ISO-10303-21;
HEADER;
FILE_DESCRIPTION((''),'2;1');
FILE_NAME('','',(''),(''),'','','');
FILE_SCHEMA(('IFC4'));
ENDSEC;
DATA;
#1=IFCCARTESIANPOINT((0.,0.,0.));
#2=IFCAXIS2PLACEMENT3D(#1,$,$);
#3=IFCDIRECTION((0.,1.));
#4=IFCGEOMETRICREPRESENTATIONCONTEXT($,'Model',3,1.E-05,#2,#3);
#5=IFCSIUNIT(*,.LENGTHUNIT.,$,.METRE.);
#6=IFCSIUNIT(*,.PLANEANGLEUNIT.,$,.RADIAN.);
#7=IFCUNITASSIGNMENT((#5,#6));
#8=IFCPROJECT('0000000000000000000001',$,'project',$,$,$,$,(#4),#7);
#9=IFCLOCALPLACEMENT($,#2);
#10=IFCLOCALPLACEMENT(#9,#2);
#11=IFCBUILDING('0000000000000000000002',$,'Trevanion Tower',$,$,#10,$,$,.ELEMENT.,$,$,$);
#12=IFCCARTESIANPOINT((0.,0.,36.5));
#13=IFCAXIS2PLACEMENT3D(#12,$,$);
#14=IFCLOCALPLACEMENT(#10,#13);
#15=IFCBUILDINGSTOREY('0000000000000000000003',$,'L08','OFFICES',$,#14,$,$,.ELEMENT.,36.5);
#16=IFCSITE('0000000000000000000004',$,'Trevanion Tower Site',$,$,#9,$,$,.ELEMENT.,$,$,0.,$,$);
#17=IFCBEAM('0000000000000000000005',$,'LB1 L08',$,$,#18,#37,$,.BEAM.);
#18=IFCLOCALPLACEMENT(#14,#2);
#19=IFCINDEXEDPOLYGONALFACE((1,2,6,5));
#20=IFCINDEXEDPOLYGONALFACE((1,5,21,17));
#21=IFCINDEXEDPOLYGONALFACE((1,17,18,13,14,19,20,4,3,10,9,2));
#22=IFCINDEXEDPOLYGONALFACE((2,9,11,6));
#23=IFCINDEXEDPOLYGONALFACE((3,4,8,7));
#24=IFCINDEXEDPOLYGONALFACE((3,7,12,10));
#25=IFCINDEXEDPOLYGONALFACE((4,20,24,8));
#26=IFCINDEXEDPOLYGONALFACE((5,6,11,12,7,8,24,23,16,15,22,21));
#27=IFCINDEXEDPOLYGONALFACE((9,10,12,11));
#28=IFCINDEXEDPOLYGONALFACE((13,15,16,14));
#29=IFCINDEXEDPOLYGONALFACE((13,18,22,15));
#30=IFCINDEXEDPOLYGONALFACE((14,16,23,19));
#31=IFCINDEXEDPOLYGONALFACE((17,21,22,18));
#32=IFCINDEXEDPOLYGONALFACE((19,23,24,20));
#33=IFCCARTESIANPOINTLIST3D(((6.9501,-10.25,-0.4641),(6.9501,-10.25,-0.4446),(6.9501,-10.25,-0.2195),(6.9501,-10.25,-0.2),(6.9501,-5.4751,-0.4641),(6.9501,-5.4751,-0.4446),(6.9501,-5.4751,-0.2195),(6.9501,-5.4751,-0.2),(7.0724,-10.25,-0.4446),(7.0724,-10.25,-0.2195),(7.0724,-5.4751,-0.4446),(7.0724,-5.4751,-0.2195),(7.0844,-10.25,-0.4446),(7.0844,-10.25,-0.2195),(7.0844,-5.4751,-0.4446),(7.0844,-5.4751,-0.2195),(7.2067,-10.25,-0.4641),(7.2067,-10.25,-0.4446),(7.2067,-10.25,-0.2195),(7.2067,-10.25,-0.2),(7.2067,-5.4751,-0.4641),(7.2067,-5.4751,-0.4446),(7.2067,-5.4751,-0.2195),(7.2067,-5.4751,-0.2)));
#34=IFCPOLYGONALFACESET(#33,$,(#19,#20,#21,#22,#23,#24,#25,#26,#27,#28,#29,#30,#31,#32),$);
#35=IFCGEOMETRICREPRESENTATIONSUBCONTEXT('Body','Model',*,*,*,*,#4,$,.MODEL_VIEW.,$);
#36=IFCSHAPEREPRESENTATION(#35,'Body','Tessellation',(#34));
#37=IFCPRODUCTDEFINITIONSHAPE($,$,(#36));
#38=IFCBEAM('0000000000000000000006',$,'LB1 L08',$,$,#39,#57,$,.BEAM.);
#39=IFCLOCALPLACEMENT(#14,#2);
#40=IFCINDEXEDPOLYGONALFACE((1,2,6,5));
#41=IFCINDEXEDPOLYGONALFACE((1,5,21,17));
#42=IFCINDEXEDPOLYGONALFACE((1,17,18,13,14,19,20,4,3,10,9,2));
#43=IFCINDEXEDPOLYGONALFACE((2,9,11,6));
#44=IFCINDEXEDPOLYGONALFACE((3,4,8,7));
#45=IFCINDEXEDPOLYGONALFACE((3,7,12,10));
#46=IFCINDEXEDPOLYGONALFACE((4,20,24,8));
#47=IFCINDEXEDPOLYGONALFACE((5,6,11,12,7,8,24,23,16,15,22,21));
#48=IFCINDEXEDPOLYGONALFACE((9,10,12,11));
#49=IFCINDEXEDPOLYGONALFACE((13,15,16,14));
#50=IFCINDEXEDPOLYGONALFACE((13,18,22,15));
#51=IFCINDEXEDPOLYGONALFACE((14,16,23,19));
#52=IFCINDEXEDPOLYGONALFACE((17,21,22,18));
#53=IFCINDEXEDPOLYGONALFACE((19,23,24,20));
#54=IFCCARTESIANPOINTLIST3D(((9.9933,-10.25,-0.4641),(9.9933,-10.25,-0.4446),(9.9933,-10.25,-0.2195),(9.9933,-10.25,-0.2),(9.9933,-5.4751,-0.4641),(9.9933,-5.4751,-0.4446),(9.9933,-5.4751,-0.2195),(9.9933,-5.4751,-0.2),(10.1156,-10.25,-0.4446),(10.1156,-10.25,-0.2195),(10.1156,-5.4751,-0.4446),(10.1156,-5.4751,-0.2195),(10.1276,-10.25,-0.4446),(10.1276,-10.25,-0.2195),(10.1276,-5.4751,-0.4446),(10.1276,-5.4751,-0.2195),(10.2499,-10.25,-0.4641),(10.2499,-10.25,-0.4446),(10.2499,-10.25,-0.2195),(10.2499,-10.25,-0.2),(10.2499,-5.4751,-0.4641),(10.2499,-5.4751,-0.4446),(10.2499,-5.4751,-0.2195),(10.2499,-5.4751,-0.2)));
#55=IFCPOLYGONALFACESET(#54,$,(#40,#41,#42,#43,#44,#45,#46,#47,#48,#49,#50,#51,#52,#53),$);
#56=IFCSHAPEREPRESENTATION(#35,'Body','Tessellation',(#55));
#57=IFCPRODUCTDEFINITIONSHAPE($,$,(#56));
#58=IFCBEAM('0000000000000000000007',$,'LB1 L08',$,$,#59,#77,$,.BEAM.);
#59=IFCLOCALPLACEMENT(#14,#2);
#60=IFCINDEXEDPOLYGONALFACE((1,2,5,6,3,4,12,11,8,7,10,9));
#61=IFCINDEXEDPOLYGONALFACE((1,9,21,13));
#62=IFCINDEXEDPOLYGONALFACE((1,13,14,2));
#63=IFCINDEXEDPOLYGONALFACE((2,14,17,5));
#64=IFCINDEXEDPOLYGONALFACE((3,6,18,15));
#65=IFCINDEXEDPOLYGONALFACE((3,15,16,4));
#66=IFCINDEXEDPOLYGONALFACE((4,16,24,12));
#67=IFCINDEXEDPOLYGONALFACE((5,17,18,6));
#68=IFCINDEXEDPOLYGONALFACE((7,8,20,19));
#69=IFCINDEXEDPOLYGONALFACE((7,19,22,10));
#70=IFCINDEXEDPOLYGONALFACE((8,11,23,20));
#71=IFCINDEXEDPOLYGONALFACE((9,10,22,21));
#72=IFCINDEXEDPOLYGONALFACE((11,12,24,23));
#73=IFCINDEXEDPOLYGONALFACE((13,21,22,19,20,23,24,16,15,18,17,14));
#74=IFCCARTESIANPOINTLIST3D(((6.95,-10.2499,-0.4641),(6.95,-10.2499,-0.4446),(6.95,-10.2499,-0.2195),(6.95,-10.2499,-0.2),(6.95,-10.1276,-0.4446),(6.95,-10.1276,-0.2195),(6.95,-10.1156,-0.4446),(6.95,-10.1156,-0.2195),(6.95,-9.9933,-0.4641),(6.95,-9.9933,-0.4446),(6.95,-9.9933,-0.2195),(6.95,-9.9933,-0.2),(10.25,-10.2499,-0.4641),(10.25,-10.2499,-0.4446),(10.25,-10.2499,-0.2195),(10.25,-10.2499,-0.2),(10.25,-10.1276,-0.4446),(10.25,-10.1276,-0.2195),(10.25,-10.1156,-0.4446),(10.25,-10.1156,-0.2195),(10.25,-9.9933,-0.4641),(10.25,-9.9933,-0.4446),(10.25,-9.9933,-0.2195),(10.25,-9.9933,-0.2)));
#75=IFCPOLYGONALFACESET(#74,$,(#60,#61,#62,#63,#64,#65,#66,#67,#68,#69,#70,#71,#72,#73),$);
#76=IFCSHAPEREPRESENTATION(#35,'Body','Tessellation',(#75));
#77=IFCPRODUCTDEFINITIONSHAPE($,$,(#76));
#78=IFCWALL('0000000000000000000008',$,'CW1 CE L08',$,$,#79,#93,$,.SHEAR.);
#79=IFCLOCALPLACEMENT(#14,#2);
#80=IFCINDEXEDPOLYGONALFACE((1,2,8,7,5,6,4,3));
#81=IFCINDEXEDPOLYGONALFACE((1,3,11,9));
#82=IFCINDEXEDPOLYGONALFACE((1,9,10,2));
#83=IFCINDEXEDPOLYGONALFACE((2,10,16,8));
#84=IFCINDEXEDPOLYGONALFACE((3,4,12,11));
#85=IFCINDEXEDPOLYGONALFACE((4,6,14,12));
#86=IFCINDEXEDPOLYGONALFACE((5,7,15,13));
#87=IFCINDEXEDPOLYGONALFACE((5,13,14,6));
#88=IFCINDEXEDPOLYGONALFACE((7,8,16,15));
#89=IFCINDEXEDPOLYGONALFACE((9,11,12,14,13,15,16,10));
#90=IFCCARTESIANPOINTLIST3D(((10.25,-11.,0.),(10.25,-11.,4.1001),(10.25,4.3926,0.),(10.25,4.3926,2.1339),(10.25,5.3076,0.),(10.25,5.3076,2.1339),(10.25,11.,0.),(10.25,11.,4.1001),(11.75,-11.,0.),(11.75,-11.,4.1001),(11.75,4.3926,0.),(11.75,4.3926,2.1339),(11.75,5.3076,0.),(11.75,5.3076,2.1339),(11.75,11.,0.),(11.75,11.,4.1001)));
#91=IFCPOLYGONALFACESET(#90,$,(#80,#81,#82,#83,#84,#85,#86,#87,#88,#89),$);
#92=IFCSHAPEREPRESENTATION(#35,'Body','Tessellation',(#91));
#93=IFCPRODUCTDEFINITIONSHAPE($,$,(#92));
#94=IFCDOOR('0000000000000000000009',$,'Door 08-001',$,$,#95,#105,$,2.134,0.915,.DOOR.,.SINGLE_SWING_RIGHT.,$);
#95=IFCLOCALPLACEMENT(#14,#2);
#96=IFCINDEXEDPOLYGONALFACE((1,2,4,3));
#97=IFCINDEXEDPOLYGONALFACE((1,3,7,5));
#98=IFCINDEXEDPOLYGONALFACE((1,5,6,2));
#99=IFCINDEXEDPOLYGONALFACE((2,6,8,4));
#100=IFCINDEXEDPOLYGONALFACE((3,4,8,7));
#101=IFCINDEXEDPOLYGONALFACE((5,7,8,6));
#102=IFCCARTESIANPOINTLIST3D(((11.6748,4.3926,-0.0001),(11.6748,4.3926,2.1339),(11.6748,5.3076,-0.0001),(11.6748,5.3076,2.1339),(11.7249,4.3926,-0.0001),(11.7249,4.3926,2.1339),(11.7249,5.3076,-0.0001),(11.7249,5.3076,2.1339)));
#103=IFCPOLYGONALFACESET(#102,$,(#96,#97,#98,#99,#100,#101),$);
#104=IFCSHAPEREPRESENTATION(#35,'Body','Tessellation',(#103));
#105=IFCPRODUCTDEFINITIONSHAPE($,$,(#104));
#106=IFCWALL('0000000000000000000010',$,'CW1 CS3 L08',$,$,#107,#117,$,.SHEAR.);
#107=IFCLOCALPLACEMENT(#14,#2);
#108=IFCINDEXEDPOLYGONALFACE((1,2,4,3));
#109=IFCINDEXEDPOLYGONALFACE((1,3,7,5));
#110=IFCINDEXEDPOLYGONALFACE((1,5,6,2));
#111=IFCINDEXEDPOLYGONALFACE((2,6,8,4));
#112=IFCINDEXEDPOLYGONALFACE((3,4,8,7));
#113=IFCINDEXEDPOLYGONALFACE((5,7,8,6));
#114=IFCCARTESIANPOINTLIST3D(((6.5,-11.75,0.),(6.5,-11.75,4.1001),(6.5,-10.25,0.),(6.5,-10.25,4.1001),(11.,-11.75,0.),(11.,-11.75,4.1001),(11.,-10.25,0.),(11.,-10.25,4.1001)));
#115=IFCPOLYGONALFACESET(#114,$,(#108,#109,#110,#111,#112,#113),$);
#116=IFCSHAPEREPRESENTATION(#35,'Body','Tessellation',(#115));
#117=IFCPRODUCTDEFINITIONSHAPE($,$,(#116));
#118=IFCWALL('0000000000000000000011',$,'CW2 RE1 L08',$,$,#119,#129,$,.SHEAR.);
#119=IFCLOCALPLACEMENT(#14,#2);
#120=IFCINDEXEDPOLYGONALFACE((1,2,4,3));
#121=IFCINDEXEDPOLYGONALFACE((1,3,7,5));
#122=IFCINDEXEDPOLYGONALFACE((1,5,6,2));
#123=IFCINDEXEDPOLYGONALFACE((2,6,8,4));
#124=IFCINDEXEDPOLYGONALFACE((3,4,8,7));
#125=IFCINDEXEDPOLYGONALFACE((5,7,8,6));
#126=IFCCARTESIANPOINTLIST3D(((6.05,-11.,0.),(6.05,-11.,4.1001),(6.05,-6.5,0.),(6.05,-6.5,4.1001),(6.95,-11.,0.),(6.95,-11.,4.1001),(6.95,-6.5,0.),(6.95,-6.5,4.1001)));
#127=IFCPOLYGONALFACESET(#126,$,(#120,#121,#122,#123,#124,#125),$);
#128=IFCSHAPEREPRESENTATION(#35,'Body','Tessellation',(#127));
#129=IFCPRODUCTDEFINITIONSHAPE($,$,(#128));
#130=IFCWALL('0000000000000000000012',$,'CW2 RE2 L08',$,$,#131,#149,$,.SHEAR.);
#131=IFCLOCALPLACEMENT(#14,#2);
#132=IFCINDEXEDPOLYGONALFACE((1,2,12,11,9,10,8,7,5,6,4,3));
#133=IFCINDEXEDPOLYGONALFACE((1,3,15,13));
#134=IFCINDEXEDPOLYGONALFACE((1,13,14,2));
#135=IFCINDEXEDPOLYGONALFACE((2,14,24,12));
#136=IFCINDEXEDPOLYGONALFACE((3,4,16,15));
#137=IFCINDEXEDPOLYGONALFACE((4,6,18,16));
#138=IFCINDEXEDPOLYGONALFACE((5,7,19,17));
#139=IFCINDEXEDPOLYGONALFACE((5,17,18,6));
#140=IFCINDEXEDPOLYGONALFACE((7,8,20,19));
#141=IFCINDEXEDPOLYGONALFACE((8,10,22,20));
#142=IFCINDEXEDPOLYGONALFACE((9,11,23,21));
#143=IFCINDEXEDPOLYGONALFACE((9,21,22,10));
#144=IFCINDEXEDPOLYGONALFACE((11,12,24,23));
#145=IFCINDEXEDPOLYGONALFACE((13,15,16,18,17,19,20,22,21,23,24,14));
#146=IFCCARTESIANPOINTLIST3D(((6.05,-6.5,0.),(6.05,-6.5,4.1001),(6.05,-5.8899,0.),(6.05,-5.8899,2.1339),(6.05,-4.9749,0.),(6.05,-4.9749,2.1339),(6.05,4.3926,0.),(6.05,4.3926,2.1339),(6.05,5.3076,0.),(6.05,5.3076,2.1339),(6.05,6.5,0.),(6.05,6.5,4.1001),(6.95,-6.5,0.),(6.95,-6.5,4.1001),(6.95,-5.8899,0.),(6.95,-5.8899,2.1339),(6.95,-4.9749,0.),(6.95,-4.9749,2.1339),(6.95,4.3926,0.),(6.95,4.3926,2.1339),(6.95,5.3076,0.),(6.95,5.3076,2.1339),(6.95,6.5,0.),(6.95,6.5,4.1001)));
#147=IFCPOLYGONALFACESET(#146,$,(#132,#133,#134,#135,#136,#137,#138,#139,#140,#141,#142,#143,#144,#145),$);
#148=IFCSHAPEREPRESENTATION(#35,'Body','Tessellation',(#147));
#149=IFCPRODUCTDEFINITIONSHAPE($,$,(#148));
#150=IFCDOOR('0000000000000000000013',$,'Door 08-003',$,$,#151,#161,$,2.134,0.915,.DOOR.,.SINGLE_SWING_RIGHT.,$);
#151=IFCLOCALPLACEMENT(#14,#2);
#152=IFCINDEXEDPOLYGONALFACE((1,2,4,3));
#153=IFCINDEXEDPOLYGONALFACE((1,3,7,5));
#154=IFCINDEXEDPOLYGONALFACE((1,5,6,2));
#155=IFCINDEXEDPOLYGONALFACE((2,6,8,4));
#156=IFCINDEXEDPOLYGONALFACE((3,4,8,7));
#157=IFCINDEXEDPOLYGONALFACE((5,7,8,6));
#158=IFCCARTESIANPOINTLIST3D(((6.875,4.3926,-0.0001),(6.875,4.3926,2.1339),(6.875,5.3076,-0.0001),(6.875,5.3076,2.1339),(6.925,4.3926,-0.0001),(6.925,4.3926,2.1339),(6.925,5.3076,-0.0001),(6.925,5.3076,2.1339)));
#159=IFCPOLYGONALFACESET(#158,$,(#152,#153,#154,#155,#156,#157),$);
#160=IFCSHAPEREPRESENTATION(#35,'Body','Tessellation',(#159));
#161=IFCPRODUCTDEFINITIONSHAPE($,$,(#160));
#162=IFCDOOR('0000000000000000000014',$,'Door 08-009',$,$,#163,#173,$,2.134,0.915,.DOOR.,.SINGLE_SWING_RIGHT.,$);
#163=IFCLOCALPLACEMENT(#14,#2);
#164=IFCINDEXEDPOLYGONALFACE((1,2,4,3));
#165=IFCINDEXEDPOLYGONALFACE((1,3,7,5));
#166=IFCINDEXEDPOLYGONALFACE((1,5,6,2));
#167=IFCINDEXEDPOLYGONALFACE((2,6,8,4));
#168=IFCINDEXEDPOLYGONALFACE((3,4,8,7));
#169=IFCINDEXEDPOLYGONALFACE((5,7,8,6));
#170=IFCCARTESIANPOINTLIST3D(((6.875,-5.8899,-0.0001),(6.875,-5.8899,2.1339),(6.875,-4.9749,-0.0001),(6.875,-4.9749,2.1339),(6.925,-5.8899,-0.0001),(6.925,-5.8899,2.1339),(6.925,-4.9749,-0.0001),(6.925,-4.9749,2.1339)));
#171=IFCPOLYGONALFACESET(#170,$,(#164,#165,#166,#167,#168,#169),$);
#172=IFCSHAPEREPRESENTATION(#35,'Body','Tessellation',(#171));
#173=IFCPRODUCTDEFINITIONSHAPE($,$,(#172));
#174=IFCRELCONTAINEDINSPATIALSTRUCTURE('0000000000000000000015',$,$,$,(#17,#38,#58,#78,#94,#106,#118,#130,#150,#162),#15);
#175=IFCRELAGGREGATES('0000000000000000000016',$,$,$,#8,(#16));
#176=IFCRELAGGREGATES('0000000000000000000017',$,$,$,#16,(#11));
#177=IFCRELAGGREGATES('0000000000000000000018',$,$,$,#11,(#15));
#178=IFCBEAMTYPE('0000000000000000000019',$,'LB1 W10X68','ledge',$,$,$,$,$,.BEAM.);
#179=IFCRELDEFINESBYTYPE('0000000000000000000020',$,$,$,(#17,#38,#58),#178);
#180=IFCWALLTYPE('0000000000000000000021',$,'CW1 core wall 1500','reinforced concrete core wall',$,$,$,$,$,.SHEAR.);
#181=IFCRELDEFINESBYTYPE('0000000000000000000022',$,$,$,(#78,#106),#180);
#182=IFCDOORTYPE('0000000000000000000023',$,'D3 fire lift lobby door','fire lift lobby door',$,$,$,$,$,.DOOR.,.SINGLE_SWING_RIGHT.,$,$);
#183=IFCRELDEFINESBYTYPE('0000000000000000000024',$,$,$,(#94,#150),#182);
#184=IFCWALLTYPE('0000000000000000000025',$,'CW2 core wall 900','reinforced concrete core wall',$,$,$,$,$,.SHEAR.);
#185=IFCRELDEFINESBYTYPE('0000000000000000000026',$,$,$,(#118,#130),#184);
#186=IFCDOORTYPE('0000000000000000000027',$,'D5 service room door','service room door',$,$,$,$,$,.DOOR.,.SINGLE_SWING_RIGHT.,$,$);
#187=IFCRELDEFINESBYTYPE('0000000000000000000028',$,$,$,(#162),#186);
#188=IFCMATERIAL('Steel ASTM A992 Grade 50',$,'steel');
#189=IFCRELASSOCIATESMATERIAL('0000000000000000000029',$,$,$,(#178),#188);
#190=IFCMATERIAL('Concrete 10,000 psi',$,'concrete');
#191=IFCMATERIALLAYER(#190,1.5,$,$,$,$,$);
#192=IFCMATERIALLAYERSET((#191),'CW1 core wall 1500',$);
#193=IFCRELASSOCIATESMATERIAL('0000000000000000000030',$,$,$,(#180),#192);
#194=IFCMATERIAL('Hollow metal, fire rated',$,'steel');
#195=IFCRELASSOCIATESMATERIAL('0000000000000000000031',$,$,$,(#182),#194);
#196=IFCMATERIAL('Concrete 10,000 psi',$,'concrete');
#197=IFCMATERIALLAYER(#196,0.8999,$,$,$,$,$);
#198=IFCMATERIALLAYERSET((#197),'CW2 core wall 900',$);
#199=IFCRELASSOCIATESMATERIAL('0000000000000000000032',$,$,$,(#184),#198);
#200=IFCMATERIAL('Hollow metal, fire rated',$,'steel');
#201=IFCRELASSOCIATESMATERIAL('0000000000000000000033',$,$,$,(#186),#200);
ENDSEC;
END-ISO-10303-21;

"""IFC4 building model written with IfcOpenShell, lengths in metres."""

from ifc_helpers import new_model, si_unit, direction, frame, frame_2d, origin, origin_2d, place, context, subcontext, project, spatial, rectangle, i_section, extrude, material, layer, layer_set, material_profile, profile_set, type_object, element, fill, save


model = new_model("IFC4")

# Units and contexts
model_context = context("Model", 3, precision=1e-05, world=origin(), true_north=direction((0.0, 1.0)))
body_context = subcontext(model_context, "Body", "Model", "MODEL_VIEW")
ifc_project = project(units=[si_unit("LENGTHUNIT", "METRE"), si_unit("PLANEANGLEUNIT", "RADIAN")], contexts=[model_context])

# Site, building, storey
site_placement = place(None, origin())
site = spatial("IfcSite", under=ifc_project, at=site_placement, Name="Trevanion Tower Site", CompositionType="ELEMENT", RefElevation=0.0)
building_placement = place(site_placement, origin())
building = spatial("IfcBuilding", under=site, at=building_placement, Name="Trevanion Tower", CompositionType="ELEMENT")
storey_placement = place(building_placement, frame((0.0, 0.0, 36.5)))
storey = spatial("IfcBuildingStorey", under=building, at=storey_placement, Name="L08", Description="OFFICES", CompositionType="ELEMENT", Elevation=36.5)

# Beams
ifc_material_1 = material(Name="Steel ASTM A992 Grade 50", Category="steel")
ifc_material_profile_1 = material_profile(ifc_material_1, i_section(OverallWidth=0.2566, OverallDepth=0.2642, WebThickness=0.012, FlangeThickness=0.0195, at=origin_2d()), Name="W10X68")
ifc_profile_set_1 = profile_set([ifc_material_profile_1], Name="Steel ASTM A992 Grade 50")
beam_type_1 = type_object("IfcBeamType", Name="LB1 W10X68", Description="ledge", PredefinedType="BEAM", material=ifc_profile_set_1)
for number, where, z_axis, x_axis, name in (
    (1, (7.0784, -10.25, -0.332), (0.0, 1.0, 0.0), (-1.0, 0.0, 0.0), "LB1 L08"),
    (2, (10.1216, -10.25, -0.332), (0.0, 1.0, 0.0), (-1.0, 0.0, 0.0), "LB1 L08"),
):
    element("IfcBeam", number, at=place(storey_placement, frame(where, z_axis=z_axis, x_axis=x_axis)), inside=storey, type_object=beam_type_1, Name=name, PredefinedType="BEAM", context=body_context, shape_type="SweptSolid", body=[
        extrude(i_section(OverallWidth=0.2566, OverallDepth=0.2642, WebThickness=0.012, FlangeThickness=0.0195, at=origin_2d()), origin(), (0.0, 0.0, 1.0), 4.7749),
    ])
beam_1_placement = place(storey_placement, frame((6.95, -10.1216, -0.332), z_axis=(1.0, 0.0, 0.0), x_axis=(0.0, 1.0, 0.0)))
element("IfcBeam", 3, at=beam_1_placement, inside=storey, type_object=beam_type_1, Name="LB1 L08", PredefinedType="BEAM", context=body_context, shape_type="SweptSolid", body=[
    extrude(i_section(OverallWidth=0.2566, OverallDepth=0.2642, WebThickness=0.012, FlangeThickness=0.0195, at=origin_2d()), origin(), (0.0, 0.0, 1.0), 3.3),
])

# Wall, opening, door
ifc_material_2 = material(Name="Concrete 10,000 psi", Category="concrete")
ifc_layer_1 = layer(ifc_material_2, 1.5)
ifc_layer_set_1 = layer_set([ifc_layer_1], Name="CW1 core wall 1500")
wall_type_1 = type_object("IfcWallType", Name="CW1 core wall 1500", Description="reinforced concrete core wall", PredefinedType="SHEAR", material=ifc_layer_set_1)
wall_1_placement = place(storey_placement, frame((11.0, -11.0, 0.0), z_axis=(0.0, 0.0, 1.0), x_axis=(0.0, 1.0, 0.0)))
wall_1 = element("IfcWall", 4, at=wall_1_placement, inside=storey, type_object=wall_type_1, Name="CW1 CE L08", PredefinedType="SHEAR", context=body_context, shape_type="SweptSolid", body=[
    extrude(rectangle(XDim=22.0, YDim=1.5, at=frame_2d((11.0, 0.0))), origin(), (0.0, 0.0, 1.0), 4.1001),
])
opening_1_placement = place(wall_1_placement, frame((15.3926, 0.0, 0.0)))
opening_1 = element("IfcOpeningElement", 5, at=opening_1_placement, cuts=wall_1, PredefinedType="OPENING", context=body_context, shape_type="SweptSolid", body=[
    extrude(rectangle(XDim=0.915, YDim=2.134, at=frame_2d((0.4575, 1.0669))), frame((0.0, 0.76, 0.0), z_axis=(0.0, -1.0, 0.0), x_axis=(1.0, 0.0, 0.0)), (0.0, 0.0, 1.0), 1.52),
])
ifc_material_3 = material(Name="Hollow metal, fire rated", Category="steel")
door_type_1 = type_object("IfcDoorType", Name="D3 fire lift lobby door", Description="fire lift lobby door", OperationType="SINGLE_SWING_RIGHT", PredefinedType="DOOR", material=ifc_material_3)
door_1_placement = place(opening_1_placement, origin())
door_1 = element("IfcDoor", 6, at=door_1_placement, inside=storey, type_object=door_type_1, Name="Door 08-001", OperationType="SINGLE_SWING_RIGHT", OverallHeight=2.134, OverallWidth=0.915, PredefinedType="DOOR", context=body_context, shape_type="SweptSolid", body=[
    extrude(rectangle(XDim=0.915, YDim=2.134, at=frame_2d((0.4575, 1.0669))), frame((0.0, -0.6748, 0.0), z_axis=(0.0, -1.0, 0.0), x_axis=(1.0, 0.0, 0.0)), (0.0, 0.0, 1.0), 0.05),
])
fill(opening_1, door_1)

# Walls
wall_2_placement = place(storey_placement, frame((6.5, -11.0, 0.0), z_axis=(0.0, 0.0, 1.0), x_axis=(1.0, 0.0, 0.0)))
element("IfcWall", 7, at=wall_2_placement, inside=storey, type_object=wall_type_1, Name="CW1 CS3 L08", PredefinedType="SHEAR", context=body_context, shape_type="SweptSolid", body=[
    extrude(rectangle(XDim=4.5, YDim=1.5, at=frame_2d((2.25, 0.0))), origin(), (0.0, 0.0, 1.0), 4.1001),
])
ifc_material_4 = material(Name="Concrete 10,000 psi", Category="concrete")
ifc_layer_2 = layer(ifc_material_4, 0.8999)
ifc_layer_set_2 = layer_set([ifc_layer_2], Name="CW2 core wall 900")
wall_type_2 = type_object("IfcWallType", Name="CW2 core wall 900", Description="reinforced concrete core wall", PredefinedType="SHEAR", material=ifc_layer_set_2)
wall_3_placement = place(storey_placement, frame((6.5, -11.0, 0.0), z_axis=(0.0, 0.0, 1.0), x_axis=(0.0, 1.0, 0.0)))
element("IfcWall", 8, at=wall_3_placement, inside=storey, type_object=wall_type_2, Name="CW2 RE1 L08", PredefinedType="SHEAR", context=body_context, shape_type="SweptSolid", body=[
    extrude(rectangle(XDim=4.5, YDim=0.8999, at=frame_2d((2.25, 0.0))), origin(), (0.0, 0.0, 1.0), 4.1001),
])

# Wall, openings, doors
wall_4_placement = place(storey_placement, frame((6.5, -6.5, 0.0), z_axis=(0.0, 0.0, 1.0), x_axis=(0.0, 1.0, 0.0)))
wall_4 = element("IfcWall", 9, at=wall_4_placement, inside=storey, type_object=wall_type_2, Name="CW2 RE2 L08", PredefinedType="SHEAR", context=body_context, shape_type="SweptSolid", body=[
    extrude(rectangle(XDim=13.0, YDim=0.8999, at=frame_2d((6.5, 0.0))), origin(), (0.0, 0.0, 1.0), 4.1001),
])
opening_2_placement = place(wall_4_placement, frame((10.8926, 0.0, 0.0)))
opening_2 = element("IfcOpeningElement", 10, at=opening_2_placement, cuts=wall_4, PredefinedType="OPENING", context=body_context, shape_type="SweptSolid", body=[
    extrude(rectangle(XDim=0.915, YDim=2.134, at=frame_2d((0.4575, 1.0669))), frame((0.0, 0.46, 0.0), z_axis=(0.0, -1.0, 0.0), x_axis=(1.0, 0.0, 0.0)), (0.0, 0.0, 1.0), 0.9199),
])
opening_3_placement = place(wall_4_placement, frame((0.6101, 0.0, 0.0)))
opening_3 = element("IfcOpeningElement", 11, at=opening_3_placement, cuts=wall_4, PredefinedType="OPENING", context=body_context, shape_type="SweptSolid", body=[
    extrude(rectangle(XDim=0.915, YDim=2.134, at=frame_2d((0.4575, 1.0669))), frame((0.0, 0.46, 0.0), z_axis=(0.0, -1.0, 0.0), x_axis=(1.0, 0.0, 0.0)), (0.0, 0.0, 1.0), 0.9199),
])
door_2_placement = place(opening_2_placement, origin())
door_2 = element("IfcDoor", 12, at=door_2_placement, inside=storey, type_object=door_type_1, Name="Door 08-003", OperationType="SINGLE_SWING_RIGHT", OverallHeight=2.134, OverallWidth=0.915, PredefinedType="DOOR", context=body_context, shape_type="SweptSolid", body=[
    extrude(rectangle(XDim=0.915, YDim=2.134, at=frame_2d((0.4575, 1.0669))), frame((0.0, -0.375, 0.0), z_axis=(0.0, -1.0, 0.0), x_axis=(1.0, 0.0, 0.0)), (0.0, 0.0, 1.0), 0.05),
])
fill(opening_2, door_2)
ifc_material_5 = material(Name="Hollow metal, fire rated", Category="steel")
door_type_2 = type_object("IfcDoorType", Name="D5 service room door", Description="service room door", OperationType="SINGLE_SWING_RIGHT", PredefinedType="DOOR", material=ifc_material_5)
door_3_placement = place(opening_3_placement, origin())
door_3 = element("IfcDoor", 13, at=door_3_placement, inside=storey, type_object=door_type_2, Name="Door 08-009", OperationType="SINGLE_SWING_RIGHT", OverallHeight=2.134, OverallWidth=0.915, PredefinedType="DOOR", context=body_context, shape_type="SweptSolid", body=[
    extrude(rectangle(XDim=0.915, YDim=2.134, at=frame_2d((0.4575, 1.0669))), frame((0.0, -0.375, 0.0), z_axis=(0.0, -1.0, 0.0), x_axis=(1.0, 0.0, 0.0)), (0.0, 0.0, 1.0), 0.05),
])
fill(opening_3, door_3)

save(model, "model.ifc")
